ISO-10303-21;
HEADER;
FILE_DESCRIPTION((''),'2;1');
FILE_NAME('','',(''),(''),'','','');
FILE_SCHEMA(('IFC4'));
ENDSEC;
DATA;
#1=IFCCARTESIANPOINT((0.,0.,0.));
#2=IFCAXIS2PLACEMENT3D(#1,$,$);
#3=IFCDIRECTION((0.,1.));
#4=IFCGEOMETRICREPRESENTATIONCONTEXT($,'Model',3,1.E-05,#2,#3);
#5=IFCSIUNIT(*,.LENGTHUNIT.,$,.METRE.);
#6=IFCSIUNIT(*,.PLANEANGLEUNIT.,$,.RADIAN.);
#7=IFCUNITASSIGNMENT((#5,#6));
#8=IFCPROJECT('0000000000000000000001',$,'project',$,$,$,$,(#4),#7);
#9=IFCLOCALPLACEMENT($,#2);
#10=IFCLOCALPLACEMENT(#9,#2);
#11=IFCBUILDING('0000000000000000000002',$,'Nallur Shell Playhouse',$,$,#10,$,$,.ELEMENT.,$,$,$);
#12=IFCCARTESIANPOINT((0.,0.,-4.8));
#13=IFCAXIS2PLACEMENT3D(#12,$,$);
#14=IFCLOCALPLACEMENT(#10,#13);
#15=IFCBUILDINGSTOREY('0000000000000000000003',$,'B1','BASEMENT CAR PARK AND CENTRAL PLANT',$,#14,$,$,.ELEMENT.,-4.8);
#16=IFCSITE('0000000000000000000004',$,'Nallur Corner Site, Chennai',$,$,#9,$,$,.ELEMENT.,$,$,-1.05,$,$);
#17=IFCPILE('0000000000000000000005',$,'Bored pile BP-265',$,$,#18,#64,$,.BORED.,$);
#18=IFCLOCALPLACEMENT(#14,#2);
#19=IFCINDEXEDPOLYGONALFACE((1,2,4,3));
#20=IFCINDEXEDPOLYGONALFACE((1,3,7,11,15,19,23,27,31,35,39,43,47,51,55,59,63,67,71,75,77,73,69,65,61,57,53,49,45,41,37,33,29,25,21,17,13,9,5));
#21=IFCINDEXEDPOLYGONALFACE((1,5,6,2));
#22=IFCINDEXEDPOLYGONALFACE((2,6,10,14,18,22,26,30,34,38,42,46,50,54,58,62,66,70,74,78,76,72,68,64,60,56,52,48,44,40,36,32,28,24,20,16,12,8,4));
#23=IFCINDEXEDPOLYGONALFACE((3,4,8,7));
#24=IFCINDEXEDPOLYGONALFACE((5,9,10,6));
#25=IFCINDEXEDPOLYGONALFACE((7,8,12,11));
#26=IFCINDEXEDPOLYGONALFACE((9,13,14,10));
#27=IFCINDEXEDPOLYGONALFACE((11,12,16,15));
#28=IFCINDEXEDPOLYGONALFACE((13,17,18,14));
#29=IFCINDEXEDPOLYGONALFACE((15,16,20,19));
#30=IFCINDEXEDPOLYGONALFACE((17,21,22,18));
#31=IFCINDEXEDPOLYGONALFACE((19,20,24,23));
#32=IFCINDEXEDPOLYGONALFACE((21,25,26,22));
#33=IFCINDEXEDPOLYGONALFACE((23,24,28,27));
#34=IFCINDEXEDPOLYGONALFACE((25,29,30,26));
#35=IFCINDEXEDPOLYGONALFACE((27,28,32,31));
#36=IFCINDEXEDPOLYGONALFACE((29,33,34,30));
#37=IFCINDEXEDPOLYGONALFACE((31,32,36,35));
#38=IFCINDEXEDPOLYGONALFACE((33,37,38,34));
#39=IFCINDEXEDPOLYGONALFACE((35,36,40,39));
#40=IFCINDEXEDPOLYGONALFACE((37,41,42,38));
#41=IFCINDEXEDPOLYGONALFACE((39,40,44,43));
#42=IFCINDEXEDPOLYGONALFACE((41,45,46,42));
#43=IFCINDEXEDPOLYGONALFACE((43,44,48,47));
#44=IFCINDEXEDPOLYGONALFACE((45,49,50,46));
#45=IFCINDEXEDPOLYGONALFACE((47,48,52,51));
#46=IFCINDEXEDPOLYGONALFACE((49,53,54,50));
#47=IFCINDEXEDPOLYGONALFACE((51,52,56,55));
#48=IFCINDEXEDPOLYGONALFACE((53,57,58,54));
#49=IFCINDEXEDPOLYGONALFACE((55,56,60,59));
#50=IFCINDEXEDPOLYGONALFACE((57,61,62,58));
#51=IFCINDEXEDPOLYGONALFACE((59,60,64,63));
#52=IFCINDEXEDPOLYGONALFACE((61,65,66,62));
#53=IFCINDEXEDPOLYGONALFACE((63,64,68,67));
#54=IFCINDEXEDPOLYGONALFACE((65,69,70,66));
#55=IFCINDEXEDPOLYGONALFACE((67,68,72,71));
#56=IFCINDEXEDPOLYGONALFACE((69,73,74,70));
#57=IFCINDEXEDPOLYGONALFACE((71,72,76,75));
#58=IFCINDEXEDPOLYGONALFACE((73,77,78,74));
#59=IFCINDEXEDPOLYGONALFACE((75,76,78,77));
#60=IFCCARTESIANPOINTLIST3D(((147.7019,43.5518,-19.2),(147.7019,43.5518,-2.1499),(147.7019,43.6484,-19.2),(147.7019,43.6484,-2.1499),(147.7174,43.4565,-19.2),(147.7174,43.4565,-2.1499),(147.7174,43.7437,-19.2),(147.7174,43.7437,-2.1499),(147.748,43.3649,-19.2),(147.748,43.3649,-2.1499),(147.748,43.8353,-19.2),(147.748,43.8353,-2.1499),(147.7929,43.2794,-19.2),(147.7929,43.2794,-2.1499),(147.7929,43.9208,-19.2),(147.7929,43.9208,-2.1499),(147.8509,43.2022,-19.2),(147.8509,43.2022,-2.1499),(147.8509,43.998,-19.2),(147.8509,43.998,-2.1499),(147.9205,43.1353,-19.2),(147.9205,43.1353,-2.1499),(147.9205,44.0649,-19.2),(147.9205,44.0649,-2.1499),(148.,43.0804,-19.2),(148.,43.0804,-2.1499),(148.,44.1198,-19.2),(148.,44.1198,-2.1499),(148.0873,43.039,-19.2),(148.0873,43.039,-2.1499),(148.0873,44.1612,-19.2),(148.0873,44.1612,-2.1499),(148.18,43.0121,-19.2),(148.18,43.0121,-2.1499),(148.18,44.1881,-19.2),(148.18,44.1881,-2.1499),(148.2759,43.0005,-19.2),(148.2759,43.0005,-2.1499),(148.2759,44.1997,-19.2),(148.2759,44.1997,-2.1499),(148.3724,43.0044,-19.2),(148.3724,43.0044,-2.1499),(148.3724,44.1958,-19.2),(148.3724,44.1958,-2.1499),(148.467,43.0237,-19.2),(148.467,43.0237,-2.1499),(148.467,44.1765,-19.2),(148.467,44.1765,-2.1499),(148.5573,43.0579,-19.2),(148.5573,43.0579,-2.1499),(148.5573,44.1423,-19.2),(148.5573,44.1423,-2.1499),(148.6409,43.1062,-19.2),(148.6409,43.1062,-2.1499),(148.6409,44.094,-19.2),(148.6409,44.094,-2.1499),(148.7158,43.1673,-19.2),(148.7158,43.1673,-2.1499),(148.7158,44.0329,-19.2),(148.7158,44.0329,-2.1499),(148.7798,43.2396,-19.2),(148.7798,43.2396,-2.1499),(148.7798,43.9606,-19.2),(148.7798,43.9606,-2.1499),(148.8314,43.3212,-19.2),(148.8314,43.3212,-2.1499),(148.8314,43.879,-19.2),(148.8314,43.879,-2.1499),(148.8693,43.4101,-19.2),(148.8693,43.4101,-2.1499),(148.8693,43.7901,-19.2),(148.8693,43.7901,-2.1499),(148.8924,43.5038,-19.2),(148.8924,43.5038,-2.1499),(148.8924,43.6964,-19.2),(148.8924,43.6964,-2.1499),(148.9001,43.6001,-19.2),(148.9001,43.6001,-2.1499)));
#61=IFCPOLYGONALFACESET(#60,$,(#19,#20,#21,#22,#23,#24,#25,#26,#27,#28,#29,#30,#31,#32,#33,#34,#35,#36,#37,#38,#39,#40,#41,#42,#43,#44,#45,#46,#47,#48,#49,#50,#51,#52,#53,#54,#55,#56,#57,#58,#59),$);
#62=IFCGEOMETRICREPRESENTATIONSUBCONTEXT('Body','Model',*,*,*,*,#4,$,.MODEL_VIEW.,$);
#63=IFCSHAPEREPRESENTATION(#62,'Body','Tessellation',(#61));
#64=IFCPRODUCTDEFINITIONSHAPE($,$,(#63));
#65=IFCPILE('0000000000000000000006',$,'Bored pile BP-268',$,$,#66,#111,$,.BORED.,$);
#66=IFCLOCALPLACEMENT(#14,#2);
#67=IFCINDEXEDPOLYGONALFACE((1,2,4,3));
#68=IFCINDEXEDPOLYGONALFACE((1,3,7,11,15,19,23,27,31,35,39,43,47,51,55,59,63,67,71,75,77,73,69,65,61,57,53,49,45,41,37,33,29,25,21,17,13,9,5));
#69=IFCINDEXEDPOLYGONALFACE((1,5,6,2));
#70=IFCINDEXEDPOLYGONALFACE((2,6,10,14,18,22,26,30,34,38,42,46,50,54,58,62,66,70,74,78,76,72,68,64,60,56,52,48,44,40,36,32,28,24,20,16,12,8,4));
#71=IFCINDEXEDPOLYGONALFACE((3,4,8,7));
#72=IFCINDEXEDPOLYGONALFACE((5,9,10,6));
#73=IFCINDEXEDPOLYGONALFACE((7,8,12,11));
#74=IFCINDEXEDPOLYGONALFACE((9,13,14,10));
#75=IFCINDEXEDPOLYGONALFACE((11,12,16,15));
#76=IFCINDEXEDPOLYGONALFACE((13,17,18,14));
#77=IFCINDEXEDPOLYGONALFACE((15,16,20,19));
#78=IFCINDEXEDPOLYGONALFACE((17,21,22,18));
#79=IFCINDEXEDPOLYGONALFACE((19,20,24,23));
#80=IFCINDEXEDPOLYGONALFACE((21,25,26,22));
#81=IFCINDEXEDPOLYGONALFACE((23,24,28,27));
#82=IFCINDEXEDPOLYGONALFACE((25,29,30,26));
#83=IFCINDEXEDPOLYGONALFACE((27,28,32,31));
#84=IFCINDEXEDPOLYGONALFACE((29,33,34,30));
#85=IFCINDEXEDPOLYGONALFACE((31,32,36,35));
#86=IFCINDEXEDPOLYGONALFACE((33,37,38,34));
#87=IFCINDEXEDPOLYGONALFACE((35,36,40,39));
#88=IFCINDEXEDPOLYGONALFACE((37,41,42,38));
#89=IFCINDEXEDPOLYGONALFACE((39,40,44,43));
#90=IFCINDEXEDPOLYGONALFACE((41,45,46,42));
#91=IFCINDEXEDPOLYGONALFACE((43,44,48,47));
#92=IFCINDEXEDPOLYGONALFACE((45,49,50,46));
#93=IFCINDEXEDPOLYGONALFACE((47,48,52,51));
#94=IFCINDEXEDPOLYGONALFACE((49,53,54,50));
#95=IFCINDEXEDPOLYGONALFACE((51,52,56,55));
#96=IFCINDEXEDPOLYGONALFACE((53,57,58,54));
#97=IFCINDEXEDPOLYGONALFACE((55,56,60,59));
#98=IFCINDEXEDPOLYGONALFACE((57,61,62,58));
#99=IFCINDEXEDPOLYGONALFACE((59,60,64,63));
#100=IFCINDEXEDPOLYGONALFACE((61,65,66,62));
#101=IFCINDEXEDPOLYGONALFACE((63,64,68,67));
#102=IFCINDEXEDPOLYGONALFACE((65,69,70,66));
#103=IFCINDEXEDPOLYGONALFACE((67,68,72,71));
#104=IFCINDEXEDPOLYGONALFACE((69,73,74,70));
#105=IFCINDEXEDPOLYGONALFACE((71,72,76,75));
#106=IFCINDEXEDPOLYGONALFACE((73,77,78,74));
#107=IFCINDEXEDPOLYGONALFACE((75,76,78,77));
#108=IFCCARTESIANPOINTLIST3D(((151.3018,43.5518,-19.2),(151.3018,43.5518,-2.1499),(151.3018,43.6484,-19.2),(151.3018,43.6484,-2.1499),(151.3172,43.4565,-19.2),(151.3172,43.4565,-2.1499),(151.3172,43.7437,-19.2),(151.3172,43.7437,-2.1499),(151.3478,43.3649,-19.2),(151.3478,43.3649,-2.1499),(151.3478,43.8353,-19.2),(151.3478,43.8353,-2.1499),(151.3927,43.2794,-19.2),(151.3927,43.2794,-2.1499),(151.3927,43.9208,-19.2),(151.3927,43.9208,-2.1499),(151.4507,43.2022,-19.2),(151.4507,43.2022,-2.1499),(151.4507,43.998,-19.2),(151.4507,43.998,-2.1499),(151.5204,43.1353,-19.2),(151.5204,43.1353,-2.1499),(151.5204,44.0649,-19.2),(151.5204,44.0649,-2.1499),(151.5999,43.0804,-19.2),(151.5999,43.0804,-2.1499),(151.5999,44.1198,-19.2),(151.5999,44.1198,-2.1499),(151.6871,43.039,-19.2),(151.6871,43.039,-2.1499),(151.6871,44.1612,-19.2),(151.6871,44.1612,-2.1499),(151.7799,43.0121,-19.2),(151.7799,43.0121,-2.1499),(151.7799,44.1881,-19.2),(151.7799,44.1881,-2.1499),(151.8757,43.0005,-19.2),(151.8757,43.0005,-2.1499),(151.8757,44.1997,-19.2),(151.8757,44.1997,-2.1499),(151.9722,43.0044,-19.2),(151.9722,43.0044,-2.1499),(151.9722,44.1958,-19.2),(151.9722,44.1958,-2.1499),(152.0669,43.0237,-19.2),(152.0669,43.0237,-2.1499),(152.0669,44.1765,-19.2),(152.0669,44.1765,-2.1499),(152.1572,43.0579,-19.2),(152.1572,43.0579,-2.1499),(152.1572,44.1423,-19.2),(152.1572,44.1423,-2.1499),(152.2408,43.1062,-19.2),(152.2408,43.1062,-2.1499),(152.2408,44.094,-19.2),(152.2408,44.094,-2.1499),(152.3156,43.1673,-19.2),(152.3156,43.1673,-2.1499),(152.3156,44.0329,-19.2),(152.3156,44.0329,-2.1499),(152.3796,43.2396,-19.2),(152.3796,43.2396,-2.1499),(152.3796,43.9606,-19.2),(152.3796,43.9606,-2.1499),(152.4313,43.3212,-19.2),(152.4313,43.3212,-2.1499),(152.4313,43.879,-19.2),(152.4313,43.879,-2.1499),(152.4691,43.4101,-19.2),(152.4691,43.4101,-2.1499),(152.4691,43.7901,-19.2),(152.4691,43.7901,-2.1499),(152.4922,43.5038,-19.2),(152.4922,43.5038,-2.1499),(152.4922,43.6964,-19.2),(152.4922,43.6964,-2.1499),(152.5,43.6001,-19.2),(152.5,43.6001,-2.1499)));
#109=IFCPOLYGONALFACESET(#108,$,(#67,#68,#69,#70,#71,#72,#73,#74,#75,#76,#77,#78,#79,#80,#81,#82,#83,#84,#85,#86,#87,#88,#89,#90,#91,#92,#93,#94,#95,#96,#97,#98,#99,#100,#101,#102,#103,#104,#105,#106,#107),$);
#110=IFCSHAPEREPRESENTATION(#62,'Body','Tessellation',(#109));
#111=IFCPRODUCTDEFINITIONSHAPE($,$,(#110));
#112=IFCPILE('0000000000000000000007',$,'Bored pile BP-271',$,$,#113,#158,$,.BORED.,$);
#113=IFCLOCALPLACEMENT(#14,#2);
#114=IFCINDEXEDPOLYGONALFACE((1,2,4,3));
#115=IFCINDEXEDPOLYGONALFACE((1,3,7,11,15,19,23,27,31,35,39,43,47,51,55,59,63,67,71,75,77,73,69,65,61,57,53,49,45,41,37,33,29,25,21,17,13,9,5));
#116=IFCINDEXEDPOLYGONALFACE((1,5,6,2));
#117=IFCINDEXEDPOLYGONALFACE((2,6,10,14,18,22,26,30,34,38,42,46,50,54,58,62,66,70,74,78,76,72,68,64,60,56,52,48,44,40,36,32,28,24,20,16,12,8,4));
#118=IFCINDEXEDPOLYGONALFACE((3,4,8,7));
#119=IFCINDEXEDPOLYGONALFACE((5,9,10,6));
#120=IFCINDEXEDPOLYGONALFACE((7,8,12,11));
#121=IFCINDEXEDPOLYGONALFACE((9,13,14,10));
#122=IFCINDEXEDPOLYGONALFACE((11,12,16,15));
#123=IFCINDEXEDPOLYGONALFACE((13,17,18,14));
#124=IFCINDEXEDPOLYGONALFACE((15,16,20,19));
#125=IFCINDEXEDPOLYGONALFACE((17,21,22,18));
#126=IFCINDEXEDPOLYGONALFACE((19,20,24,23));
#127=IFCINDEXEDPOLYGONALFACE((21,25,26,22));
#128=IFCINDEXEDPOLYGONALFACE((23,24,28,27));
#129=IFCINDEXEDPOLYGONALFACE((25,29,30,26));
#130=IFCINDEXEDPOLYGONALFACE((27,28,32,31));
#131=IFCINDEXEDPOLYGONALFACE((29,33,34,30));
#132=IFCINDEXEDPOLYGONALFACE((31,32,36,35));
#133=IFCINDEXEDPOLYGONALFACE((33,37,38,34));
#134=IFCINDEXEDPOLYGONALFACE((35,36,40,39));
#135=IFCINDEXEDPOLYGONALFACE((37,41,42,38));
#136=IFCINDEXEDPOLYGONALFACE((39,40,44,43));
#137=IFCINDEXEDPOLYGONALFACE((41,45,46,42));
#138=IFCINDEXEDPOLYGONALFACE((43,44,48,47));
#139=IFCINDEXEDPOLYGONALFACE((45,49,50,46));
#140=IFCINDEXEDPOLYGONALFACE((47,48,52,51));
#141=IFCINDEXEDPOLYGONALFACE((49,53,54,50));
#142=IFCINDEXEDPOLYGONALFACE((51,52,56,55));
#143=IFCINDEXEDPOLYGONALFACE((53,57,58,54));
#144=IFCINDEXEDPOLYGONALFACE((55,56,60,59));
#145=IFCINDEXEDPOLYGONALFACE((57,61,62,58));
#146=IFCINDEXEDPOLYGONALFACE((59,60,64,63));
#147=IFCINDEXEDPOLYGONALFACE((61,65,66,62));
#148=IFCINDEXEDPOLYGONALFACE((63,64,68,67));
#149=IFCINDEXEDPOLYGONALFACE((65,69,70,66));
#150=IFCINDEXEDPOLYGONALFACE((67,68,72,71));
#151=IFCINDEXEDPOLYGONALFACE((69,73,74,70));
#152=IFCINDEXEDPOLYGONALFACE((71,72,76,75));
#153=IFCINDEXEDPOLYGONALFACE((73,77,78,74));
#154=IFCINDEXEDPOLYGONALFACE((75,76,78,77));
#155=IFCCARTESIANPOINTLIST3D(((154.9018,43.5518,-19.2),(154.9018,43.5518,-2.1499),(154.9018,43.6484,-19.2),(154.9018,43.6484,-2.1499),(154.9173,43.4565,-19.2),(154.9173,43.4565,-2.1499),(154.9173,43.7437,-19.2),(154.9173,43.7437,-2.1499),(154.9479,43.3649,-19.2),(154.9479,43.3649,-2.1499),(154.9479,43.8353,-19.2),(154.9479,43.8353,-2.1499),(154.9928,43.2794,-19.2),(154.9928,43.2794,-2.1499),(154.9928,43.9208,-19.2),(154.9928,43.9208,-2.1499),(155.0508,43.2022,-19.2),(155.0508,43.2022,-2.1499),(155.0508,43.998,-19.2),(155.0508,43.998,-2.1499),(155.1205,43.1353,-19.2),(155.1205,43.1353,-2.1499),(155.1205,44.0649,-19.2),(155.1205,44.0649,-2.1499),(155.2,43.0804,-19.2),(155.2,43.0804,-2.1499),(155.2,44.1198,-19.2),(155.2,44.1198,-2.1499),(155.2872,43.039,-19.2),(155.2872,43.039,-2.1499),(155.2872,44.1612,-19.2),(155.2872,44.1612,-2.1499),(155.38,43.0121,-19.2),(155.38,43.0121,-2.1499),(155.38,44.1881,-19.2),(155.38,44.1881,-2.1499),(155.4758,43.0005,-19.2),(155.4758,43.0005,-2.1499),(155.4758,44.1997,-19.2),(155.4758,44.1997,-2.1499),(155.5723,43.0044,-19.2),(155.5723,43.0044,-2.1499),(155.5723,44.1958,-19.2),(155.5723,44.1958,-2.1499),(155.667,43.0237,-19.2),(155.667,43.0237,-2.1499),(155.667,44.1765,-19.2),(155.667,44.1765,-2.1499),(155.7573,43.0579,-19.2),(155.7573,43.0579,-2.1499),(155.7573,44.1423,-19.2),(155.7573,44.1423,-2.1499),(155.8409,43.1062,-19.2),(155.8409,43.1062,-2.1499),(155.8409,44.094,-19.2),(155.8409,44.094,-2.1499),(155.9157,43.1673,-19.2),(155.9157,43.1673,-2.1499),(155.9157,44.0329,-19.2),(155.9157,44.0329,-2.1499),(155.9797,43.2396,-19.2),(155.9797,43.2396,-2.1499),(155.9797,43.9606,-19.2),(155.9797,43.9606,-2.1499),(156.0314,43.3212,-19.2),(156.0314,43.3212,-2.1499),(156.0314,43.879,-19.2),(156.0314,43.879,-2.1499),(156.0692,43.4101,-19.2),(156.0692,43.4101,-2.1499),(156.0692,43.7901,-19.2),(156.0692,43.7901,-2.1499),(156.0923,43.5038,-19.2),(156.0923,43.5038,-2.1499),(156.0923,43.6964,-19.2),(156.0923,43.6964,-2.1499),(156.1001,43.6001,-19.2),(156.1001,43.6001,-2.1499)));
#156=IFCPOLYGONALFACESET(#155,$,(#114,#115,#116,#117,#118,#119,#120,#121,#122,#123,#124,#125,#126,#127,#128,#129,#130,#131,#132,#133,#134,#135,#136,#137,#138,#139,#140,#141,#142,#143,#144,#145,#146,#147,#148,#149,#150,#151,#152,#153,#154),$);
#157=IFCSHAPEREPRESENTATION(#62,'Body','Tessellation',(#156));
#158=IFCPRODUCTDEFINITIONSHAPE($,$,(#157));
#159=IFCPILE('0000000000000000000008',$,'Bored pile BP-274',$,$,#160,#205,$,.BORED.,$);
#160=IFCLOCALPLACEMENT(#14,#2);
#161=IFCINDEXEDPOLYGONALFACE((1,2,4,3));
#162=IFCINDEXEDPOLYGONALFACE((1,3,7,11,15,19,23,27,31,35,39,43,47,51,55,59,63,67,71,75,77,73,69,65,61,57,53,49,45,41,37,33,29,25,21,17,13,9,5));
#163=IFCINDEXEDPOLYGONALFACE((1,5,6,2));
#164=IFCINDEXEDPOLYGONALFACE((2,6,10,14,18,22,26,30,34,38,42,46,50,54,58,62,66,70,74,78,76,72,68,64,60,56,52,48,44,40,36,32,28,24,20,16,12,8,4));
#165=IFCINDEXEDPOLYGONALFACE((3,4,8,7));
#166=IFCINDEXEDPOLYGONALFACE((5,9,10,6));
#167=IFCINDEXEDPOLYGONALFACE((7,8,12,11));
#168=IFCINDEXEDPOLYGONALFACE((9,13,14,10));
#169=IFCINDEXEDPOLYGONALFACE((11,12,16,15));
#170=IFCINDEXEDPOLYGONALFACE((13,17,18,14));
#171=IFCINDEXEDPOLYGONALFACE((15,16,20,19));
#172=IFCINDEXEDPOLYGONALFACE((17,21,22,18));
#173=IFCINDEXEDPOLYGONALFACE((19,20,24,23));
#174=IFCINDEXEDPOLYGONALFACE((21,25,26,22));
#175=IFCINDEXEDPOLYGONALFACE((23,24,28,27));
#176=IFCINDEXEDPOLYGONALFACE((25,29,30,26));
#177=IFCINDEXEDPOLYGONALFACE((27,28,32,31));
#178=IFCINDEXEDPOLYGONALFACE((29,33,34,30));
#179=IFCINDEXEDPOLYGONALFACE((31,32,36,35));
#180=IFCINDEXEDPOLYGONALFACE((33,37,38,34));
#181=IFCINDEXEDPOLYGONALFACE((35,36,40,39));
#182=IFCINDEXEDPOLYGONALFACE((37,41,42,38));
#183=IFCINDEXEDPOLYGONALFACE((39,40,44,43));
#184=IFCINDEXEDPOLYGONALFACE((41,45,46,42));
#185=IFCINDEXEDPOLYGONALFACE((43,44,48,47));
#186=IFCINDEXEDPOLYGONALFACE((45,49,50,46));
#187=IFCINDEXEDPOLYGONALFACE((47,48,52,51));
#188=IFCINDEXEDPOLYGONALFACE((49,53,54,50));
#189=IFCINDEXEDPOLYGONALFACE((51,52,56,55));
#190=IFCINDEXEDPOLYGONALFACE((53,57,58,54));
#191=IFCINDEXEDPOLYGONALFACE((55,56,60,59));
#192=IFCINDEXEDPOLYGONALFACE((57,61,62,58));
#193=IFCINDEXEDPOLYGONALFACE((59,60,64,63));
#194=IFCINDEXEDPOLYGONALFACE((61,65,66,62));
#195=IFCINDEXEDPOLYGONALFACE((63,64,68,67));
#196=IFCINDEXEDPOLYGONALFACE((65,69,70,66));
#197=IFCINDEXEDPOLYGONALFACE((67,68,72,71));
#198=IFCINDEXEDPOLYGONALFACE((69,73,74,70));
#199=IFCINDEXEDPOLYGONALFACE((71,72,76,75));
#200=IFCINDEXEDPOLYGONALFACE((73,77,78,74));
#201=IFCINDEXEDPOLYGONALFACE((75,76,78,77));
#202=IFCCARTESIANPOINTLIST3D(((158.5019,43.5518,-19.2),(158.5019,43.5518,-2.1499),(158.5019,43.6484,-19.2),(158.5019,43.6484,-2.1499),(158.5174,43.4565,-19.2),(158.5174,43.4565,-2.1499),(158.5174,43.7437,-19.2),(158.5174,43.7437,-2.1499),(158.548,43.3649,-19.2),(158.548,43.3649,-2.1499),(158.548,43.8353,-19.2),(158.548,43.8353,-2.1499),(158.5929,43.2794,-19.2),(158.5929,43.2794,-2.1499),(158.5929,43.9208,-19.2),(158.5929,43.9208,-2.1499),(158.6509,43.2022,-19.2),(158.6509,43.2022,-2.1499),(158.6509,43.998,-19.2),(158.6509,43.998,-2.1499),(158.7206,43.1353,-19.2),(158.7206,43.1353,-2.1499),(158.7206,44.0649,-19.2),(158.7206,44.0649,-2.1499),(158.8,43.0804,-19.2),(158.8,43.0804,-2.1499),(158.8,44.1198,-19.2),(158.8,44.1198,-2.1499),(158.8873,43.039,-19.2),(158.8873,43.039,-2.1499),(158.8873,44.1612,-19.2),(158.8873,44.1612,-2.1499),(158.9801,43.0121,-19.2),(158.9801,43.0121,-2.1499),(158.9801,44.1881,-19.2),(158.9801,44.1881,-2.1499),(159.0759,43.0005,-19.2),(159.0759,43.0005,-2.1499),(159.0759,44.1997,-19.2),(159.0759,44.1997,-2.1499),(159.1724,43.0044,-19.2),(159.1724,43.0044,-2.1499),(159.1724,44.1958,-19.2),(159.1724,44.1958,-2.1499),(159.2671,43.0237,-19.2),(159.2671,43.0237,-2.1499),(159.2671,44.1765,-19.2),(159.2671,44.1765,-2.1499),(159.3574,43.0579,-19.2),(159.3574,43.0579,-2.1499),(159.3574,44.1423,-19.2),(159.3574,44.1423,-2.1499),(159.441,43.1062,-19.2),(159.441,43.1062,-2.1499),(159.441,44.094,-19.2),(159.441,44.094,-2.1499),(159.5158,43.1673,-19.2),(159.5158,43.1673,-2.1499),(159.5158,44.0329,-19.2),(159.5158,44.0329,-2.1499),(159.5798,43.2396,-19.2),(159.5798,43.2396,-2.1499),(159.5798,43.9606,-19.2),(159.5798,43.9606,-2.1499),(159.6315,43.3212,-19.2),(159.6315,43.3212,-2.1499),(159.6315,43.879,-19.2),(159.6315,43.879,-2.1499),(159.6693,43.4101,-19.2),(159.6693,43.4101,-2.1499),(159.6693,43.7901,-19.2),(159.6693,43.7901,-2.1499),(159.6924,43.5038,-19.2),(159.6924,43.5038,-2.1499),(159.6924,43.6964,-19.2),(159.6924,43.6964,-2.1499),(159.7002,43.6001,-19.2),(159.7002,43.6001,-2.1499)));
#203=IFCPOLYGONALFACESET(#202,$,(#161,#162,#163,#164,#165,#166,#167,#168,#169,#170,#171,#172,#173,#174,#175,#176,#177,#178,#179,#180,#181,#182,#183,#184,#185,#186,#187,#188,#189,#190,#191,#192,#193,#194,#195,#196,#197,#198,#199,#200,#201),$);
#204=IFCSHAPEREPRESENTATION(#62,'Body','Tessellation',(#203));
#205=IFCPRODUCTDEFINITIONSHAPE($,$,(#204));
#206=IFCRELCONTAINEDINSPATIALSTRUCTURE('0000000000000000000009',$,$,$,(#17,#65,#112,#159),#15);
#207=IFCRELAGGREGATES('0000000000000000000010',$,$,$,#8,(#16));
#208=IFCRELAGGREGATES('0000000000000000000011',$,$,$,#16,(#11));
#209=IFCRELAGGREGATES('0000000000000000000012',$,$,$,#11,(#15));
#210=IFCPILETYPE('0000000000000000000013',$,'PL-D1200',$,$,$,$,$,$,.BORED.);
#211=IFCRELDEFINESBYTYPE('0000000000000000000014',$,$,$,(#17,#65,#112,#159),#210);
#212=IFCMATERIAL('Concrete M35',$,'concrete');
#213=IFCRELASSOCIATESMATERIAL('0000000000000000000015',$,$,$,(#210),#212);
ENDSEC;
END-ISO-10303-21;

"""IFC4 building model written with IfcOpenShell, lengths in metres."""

from ifc_helpers import new_model, si_unit, direction, frame, origin, origin_2d, place, context, subcontext, project, spatial, circle, extrude, material, material_profile, profile_set, type_object, element, save


model = new_model("IFC4")

# Units and contexts
model_context = context("Model", 3, precision=1e-05, world=origin(), true_north=direction((0.0, 1.0)))
body_context = subcontext(model_context, "Body", "Model", "MODEL_VIEW")
ifc_project = project(units=[si_unit("LENGTHUNIT", "METRE"), si_unit("PLANEANGLEUNIT", "RADIAN")], contexts=[model_context])

# Site, building, storey
site_placement = place(None, origin())
site = spatial("IfcSite", under=ifc_project, at=site_placement, Name="Nallur Corner Site, Chennai", CompositionType="ELEMENT", RefElevation=-1.05)
building_placement = place(site_placement, origin())
building = spatial("IfcBuilding", under=site, at=building_placement, Name="Nallur Shell Playhouse", CompositionType="ELEMENT")
storey_placement = place(building_placement, frame((0.0, 0.0, -4.8)))
storey = spatial("IfcBuildingStorey", under=building, at=storey_placement, Name="B1", Description="BASEMENT CAR PARK AND CENTRAL PLANT", CompositionType="ELEMENT", Elevation=-4.8)

# Shared definitions
ifc_material_1 = material(Name="Concrete M35", Category="concrete")

# Piles
ifc_material_profile_1 = material_profile(ifc_material_1, circle(Radius=0.6001, at=origin_2d()), Name="BORED PILE D1200")
ifc_profile_set_1 = profile_set([ifc_material_profile_1], Name="Concrete M35")
pile_type = type_object("IfcPileType", Name="PL-D1200", PredefinedType="BORED", material=ifc_profile_set_1)
for number, where, z_axis, x_axis, name in (
    (1, (148.3, 43.6001, -2.1499), (0.0, 0.0, -1.0), (1.0, 0.0, 0.0), "Bored pile BP-265"),
    (2, (151.8999, 43.6001, -2.1499), (0.0, 0.0, -1.0), (1.0, 0.0, 0.0), "Bored pile BP-268"),
    (3, (155.5, 43.6001, -2.1499), (0.0, 0.0, -1.0), (1.0, 0.0, 0.0), "Bored pile BP-271"),
    (4, (159.1001, 43.6001, -2.1499), (0.0, 0.0, -1.0), (1.0, 0.0, 0.0), "Bored pile BP-274"),
):
    element("IfcPile", number, at=place(storey_placement, frame(where, z_axis=z_axis, x_axis=x_axis)), inside=storey, type_object=pile_type, Name=name, PredefinedType="BORED", context=body_context, shape_type="SweptSolid", body=[
        extrude(circle(Radius=0.6001, at=origin_2d()), origin(), (0.0, 0.0, 1.0), 17.05),
    ])

save(model, "model.ifc")
